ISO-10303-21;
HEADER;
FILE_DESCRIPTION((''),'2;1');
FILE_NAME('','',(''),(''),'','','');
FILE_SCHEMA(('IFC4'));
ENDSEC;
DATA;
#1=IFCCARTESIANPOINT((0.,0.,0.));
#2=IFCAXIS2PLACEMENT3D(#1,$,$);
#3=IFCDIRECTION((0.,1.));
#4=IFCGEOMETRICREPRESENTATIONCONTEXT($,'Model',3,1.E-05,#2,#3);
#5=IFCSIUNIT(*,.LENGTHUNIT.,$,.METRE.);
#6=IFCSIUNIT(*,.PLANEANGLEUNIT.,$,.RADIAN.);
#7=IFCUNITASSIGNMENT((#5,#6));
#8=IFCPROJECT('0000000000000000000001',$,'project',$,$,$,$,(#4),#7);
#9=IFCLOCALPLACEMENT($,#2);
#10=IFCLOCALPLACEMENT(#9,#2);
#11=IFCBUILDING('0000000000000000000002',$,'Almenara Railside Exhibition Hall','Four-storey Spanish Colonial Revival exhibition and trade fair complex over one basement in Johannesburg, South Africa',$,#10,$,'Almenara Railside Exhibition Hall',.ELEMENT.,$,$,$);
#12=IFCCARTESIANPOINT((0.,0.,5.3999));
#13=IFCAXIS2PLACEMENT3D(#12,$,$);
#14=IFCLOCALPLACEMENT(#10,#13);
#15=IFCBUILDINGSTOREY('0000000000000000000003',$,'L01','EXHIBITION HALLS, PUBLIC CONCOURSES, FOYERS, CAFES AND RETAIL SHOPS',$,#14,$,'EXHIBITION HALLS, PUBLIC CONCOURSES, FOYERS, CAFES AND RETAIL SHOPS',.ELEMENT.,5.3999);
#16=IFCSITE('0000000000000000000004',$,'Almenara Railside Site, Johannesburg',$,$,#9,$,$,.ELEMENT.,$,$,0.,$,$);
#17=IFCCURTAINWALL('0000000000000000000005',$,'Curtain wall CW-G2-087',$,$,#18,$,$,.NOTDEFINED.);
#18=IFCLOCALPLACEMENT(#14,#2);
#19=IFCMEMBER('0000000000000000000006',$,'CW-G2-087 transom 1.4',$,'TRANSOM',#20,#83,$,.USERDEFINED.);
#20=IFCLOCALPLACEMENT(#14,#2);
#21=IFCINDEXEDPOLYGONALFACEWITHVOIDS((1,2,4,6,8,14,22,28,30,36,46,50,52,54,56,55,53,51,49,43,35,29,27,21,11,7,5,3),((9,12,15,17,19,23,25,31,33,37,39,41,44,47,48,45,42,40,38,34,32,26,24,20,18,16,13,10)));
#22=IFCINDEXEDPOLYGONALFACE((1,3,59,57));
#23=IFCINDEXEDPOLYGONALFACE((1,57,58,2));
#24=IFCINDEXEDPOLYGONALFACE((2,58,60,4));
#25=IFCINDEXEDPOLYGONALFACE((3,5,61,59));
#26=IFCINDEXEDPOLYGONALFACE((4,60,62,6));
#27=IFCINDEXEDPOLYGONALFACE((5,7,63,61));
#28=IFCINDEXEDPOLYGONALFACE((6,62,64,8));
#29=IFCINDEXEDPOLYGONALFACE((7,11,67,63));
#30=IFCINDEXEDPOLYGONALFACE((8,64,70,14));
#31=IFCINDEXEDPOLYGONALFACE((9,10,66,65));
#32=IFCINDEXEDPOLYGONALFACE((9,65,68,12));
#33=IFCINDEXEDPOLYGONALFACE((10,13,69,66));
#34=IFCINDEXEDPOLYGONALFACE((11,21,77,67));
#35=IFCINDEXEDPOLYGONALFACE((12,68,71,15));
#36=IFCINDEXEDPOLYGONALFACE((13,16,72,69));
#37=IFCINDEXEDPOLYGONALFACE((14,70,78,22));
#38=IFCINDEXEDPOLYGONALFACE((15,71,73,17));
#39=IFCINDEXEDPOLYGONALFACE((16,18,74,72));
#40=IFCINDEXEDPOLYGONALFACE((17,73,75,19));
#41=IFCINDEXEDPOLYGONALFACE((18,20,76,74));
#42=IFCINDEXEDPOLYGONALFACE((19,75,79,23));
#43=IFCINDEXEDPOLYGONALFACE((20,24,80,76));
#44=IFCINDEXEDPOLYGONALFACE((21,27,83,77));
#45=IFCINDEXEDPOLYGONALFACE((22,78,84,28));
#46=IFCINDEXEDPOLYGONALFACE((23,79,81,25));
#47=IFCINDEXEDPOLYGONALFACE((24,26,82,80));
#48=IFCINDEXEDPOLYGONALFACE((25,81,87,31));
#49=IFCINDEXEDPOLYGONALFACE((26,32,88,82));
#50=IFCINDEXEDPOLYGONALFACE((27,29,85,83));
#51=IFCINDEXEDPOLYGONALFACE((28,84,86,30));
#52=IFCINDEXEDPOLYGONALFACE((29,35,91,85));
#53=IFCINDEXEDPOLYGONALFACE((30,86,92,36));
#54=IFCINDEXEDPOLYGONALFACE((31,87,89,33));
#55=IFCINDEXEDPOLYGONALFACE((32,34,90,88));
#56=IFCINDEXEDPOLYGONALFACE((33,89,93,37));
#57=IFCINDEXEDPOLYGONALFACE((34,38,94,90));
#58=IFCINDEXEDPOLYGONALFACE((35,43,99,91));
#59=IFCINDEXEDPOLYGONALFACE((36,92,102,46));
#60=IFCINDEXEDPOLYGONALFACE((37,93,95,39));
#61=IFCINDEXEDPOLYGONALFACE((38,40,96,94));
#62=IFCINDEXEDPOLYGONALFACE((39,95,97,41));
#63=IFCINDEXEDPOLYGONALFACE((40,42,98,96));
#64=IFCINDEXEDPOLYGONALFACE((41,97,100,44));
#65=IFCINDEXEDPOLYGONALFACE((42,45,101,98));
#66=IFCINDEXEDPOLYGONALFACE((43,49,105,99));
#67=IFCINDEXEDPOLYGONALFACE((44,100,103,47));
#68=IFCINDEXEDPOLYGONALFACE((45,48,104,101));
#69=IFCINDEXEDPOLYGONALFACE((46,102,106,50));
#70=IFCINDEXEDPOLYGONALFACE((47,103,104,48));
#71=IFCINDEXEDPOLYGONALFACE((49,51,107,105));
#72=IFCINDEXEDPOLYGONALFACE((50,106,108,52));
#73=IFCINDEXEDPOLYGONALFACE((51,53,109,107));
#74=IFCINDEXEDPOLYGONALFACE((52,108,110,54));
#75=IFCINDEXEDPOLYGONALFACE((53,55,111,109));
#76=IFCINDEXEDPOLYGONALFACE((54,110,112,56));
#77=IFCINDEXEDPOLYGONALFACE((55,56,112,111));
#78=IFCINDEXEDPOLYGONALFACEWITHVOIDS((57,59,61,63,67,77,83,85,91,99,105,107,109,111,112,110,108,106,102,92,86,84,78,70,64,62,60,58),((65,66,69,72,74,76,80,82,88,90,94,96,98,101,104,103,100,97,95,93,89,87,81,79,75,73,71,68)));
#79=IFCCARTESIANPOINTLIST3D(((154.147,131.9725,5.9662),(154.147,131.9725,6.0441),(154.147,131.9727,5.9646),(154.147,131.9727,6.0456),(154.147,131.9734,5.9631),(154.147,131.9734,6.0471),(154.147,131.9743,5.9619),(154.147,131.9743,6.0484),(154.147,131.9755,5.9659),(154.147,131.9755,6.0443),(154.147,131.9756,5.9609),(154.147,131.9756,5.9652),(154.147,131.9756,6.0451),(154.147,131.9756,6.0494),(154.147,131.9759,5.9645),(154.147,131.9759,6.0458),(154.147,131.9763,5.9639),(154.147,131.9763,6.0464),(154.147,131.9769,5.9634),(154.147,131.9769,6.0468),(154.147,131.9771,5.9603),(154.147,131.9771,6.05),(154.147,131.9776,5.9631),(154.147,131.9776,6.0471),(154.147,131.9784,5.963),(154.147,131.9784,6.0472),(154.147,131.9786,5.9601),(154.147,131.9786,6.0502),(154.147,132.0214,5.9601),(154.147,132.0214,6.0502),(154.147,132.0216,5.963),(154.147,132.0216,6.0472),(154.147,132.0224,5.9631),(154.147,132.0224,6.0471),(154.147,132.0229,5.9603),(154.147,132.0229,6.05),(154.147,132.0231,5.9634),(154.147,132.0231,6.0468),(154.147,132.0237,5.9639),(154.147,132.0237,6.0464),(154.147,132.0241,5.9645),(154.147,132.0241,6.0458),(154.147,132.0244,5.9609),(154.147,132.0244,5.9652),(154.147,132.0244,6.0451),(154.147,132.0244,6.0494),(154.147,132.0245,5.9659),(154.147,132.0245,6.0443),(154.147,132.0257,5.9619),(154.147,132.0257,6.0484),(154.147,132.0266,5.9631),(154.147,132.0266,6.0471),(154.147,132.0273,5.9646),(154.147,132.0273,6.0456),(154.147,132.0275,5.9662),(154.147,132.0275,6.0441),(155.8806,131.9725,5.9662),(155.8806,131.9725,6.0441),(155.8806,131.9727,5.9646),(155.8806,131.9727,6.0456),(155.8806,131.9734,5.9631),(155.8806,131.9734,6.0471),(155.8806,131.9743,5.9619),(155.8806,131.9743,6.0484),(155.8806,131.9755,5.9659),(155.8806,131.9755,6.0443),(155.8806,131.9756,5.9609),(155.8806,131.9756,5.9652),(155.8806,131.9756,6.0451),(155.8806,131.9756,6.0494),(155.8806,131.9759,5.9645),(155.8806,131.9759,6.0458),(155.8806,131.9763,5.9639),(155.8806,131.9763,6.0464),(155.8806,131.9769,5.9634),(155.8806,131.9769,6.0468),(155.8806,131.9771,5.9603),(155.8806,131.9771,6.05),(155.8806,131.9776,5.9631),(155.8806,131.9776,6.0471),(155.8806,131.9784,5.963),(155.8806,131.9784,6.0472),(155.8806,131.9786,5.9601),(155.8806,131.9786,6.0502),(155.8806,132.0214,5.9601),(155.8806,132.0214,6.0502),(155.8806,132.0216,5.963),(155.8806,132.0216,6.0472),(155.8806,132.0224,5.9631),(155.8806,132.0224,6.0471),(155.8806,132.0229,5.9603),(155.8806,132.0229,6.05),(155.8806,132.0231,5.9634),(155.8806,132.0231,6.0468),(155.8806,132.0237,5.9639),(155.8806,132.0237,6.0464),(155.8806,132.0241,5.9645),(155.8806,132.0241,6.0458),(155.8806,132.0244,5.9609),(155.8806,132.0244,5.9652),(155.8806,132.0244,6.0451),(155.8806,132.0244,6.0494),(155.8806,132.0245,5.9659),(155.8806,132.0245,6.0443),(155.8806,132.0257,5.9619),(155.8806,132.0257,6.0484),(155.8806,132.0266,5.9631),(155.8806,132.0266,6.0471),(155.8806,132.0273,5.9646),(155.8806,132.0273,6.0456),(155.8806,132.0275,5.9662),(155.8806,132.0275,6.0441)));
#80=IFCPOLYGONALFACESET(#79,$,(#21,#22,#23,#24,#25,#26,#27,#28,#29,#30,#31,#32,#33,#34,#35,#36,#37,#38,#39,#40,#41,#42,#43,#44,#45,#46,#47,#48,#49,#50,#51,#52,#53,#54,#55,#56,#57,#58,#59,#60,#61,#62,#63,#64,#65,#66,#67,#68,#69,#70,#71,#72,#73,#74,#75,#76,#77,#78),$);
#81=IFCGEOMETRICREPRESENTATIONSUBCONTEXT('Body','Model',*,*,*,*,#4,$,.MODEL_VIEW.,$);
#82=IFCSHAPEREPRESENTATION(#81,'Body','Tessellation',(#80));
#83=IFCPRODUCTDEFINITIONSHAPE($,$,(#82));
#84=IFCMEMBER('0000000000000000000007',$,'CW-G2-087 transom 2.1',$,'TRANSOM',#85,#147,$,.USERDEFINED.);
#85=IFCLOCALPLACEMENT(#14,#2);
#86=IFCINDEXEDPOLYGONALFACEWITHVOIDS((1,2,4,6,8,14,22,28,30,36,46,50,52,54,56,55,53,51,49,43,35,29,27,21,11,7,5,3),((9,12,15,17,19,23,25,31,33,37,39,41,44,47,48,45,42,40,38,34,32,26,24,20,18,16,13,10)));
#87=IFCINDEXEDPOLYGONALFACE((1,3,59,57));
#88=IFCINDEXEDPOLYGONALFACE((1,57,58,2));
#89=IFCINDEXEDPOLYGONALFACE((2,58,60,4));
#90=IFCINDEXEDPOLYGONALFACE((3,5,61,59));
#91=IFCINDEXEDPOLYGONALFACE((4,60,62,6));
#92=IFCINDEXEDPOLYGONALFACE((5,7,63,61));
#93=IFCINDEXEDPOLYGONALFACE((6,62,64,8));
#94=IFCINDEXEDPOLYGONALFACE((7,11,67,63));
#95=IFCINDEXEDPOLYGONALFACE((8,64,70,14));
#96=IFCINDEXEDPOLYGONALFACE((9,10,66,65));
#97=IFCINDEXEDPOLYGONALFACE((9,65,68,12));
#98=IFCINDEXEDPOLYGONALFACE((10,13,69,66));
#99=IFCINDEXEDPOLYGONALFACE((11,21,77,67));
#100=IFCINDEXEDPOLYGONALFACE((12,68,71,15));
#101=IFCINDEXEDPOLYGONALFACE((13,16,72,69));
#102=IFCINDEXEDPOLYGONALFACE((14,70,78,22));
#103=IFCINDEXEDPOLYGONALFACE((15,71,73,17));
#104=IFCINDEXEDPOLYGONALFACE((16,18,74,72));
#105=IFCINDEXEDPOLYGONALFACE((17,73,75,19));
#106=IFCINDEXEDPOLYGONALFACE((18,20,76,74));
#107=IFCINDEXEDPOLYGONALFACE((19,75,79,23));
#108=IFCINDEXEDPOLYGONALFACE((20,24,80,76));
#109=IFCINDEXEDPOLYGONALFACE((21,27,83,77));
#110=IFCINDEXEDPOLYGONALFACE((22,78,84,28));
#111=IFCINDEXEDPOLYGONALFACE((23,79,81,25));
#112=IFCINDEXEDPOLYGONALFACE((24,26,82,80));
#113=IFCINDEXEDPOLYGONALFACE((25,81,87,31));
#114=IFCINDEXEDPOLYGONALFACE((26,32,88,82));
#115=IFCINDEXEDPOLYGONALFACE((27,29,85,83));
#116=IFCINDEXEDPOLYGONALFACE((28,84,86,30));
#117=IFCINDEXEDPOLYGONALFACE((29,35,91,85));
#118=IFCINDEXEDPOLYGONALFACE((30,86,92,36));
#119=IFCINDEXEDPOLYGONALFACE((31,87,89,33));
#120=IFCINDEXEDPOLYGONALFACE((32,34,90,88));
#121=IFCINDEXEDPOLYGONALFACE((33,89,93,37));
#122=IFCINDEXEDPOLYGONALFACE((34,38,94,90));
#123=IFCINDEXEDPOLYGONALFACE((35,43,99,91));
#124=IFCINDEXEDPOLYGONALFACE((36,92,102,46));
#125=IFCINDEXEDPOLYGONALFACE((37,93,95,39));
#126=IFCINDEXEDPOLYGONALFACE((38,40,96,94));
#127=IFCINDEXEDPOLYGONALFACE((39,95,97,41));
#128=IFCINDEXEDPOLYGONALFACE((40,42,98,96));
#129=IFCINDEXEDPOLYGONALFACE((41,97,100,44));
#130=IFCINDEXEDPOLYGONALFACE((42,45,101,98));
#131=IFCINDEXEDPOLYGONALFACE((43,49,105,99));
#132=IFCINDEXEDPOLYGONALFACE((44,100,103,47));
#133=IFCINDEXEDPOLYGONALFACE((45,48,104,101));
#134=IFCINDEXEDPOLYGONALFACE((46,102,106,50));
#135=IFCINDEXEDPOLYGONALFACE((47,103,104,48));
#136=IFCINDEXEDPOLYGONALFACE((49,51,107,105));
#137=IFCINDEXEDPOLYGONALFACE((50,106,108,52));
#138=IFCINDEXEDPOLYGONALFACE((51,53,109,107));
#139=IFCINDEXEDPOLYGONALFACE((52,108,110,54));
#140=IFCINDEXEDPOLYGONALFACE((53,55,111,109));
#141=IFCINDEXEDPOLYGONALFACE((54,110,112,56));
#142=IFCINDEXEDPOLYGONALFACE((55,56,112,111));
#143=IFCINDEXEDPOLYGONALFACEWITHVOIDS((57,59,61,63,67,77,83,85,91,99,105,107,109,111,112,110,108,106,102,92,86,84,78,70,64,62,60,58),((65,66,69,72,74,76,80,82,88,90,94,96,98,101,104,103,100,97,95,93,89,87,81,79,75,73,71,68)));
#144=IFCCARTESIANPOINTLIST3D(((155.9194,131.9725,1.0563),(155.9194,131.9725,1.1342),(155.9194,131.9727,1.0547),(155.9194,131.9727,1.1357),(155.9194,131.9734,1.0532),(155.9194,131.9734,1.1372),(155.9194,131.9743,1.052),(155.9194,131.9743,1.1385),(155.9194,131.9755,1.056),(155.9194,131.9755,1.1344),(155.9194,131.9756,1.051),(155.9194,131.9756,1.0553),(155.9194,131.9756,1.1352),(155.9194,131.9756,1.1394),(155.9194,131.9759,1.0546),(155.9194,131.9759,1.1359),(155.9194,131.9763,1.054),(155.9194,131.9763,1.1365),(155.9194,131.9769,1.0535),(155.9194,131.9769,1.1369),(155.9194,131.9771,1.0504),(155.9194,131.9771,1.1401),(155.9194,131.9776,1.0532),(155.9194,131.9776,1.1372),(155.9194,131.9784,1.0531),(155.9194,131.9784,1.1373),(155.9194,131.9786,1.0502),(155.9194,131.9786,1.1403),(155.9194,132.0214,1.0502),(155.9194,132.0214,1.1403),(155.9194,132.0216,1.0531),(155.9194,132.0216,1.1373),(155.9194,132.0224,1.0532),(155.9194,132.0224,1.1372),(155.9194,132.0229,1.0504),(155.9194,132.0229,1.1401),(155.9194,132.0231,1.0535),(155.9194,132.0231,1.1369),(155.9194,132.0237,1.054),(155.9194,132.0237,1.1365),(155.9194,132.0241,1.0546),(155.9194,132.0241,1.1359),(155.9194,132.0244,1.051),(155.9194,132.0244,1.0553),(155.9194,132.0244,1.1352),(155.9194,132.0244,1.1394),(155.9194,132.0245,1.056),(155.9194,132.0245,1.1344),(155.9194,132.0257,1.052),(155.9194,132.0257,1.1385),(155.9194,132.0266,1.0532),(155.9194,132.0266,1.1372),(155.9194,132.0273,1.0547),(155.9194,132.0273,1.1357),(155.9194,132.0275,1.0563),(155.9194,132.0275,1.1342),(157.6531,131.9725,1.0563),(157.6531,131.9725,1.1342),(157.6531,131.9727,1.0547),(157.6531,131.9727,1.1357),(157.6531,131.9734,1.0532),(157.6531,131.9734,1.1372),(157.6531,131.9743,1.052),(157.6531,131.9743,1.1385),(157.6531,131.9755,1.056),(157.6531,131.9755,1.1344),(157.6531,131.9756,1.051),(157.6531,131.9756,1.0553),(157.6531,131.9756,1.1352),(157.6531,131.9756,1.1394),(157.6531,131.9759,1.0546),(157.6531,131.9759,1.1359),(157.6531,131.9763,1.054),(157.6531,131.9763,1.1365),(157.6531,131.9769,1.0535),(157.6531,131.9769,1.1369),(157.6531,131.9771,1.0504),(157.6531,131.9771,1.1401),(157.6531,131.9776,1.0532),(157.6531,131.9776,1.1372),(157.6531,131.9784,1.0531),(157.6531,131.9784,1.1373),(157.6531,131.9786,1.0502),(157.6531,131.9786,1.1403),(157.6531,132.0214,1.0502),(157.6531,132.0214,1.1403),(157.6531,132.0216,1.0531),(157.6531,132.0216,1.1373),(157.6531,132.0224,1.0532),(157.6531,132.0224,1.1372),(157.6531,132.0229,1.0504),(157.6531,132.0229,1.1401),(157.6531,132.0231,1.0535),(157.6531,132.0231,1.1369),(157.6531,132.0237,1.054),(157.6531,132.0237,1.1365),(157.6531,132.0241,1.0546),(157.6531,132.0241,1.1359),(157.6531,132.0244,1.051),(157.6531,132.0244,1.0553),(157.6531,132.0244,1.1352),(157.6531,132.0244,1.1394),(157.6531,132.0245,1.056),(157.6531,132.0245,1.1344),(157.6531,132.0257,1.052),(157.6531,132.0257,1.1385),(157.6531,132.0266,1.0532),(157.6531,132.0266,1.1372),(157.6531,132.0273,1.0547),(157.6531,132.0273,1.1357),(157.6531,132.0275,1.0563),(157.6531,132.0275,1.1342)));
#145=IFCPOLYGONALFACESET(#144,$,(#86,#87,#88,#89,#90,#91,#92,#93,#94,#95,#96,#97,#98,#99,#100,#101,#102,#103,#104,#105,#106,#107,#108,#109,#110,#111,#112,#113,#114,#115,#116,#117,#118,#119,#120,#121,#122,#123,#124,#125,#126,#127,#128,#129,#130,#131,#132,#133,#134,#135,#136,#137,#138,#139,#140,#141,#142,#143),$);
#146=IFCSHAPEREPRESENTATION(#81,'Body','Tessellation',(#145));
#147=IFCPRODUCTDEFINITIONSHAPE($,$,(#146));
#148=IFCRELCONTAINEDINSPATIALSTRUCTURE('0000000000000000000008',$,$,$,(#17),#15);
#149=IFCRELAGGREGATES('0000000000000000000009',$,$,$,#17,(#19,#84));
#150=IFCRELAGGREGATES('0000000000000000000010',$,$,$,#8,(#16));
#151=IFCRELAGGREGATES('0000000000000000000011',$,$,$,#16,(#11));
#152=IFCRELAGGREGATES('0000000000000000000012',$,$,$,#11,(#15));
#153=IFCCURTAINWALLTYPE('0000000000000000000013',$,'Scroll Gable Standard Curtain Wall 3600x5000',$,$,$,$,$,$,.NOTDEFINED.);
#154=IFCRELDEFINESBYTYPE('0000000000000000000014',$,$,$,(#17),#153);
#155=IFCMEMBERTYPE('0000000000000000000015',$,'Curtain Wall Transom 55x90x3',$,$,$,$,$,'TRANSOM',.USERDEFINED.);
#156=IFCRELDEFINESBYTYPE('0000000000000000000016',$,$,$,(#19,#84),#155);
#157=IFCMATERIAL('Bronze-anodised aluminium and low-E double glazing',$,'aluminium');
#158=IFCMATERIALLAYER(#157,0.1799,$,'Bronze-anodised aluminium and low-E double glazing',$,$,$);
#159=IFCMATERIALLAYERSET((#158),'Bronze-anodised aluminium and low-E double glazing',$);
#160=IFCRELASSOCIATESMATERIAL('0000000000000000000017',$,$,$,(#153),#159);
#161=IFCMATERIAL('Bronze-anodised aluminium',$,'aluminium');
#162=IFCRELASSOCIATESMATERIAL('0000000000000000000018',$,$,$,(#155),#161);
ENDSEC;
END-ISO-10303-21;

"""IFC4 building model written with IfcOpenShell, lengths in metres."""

from ifc_helpers import new_model, si_unit, direction, frame, origin, origin_2d, place, context, subcontext, project, spatial, hollow_rectangle, extrude, material, layer, layer_set, material_profile, profile_set, type_object, element, aggregate, save


model = new_model("IFC4")

# Units and contexts
model_context = context("Model", 3, precision=1e-05, world=origin(), true_north=direction((0.0, 1.0)))
body_context = subcontext(model_context, "Body", "Model", "MODEL_VIEW")
ifc_project = project(units=[si_unit("LENGTHUNIT", "METRE"), si_unit("PLANEANGLEUNIT", "RADIAN")], contexts=[model_context])

# Site, building, storey
site_placement = place(None, origin())
site = spatial("IfcSite", under=ifc_project, at=site_placement, Name="Almenara Railside Site, Johannesburg", CompositionType="ELEMENT", RefElevation=0.0)
building_placement = place(site_placement, origin())
building = spatial("IfcBuilding", under=site, at=building_placement, Name="Almenara Railside Exhibition Hall", Description="Four-storey Spanish Colonial Revival exhibition and trade fair complex over one basement in Johannesburg, South Africa", LongName="Almenara Railside Exhibition Hall", CompositionType="ELEMENT")
storey_placement = place(building_placement, frame((0.0, 0.0, 5.3999)))
storey = spatial("IfcBuildingStorey", under=building, at=storey_placement, Name="L01", Description="EXHIBITION HALLS, PUBLIC CONCOURSES, FOYERS, CAFES AND RETAIL SHOPS", LongName="EXHIBITION HALLS, PUBLIC CONCOURSES, FOYERS, CAFES AND RETAIL SHOPS", CompositionType="ELEMENT", Elevation=5.3999)

# Curtain wall
ifc_material_1 = material(Name="Bronze-anodised aluminium and low-E double glazing", Category="aluminium")
ifc_layer_1 = layer(ifc_material_1, 0.1799, Name="Bronze-anodised aluminium and low-E double glazing")
ifc_layer_set_1 = layer_set([ifc_layer_1], Name="Bronze-anodised aluminium and low-E double glazing")
curtain_wall_type_1 = type_object("IfcCurtainWallType", Name="Scroll Gable Standard Curtain Wall 3600x5000", PredefinedType="NOTDEFINED", material=ifc_layer_set_1)
curtain_wall_1_placement = place(storey_placement, origin())
curtain_wall_1 = element("IfcCurtainWall", 1, at=curtain_wall_1_placement, inside=storey, type_object=curtain_wall_type_1, Name="Curtain wall CW-G2-087", PredefinedType="NOTDEFINED")
ifc_material_2 = material(Name="Bronze-anodised aluminium", Category="aluminium")

# Members
ifc_material_profile_1 = material_profile(ifc_material_2, hollow_rectangle(XDim=0.0549, YDim=0.0901, WallThickness=0.0029, InnerFilletRadius=0.0029, OuterFilletRadius=0.0061, at=origin_2d()), Name="ALU-TRN 55x90x3")
ifc_profile_set_1 = profile_set([ifc_material_profile_1], Name="Bronze-anodised aluminium")
member_type_1 = type_object("IfcMemberType", Name="Curtain Wall Transom 55x90x3", ElementType="TRANSOM", PredefinedType="USERDEFINED", material=ifc_profile_set_1)
member_1_placement = place(storey_placement, frame((154.147, 132.0, 6.0051), z_axis=(1.0, 0.0, 0.0), x_axis=(0.0, 1.0, 0.0)))
member_1 = element("IfcMember", 2, at=member_1_placement, type_object=member_type_1, Name="CW-G2-087 transom 1.4", ObjectType="TRANSOM", PredefinedType="USERDEFINED", context=body_context, shape_type="SweptSolid", body=[
    extrude(hollow_rectangle(XDim=0.0549, YDim=0.0901, WallThickness=0.0029, InnerFilletRadius=0.0029, OuterFilletRadius=0.0061, at=origin_2d()), origin(), (0.0, 0.0, 1.0), 1.7336),
])
member_2_placement = place(storey_placement, frame((155.9194, 132.0, 1.0952), z_axis=(1.0, 0.0, 0.0), x_axis=(0.0, 1.0, 0.0)))
member_2 = element("IfcMember", 3, at=member_2_placement, type_object=member_type_1, Name="CW-G2-087 transom 2.1", ObjectType="TRANSOM", PredefinedType="USERDEFINED", context=body_context, shape_type="SweptSolid", body=[
    extrude(hollow_rectangle(XDim=0.0549, YDim=0.0901, WallThickness=0.0029, InnerFilletRadius=0.0029, OuterFilletRadius=0.0061, at=origin_2d()), origin(), (0.0, 0.0, 1.0), 1.7336),
])

aggregate(curtain_wall_1, [member_1, member_2])

save(model, "model.ifc")
